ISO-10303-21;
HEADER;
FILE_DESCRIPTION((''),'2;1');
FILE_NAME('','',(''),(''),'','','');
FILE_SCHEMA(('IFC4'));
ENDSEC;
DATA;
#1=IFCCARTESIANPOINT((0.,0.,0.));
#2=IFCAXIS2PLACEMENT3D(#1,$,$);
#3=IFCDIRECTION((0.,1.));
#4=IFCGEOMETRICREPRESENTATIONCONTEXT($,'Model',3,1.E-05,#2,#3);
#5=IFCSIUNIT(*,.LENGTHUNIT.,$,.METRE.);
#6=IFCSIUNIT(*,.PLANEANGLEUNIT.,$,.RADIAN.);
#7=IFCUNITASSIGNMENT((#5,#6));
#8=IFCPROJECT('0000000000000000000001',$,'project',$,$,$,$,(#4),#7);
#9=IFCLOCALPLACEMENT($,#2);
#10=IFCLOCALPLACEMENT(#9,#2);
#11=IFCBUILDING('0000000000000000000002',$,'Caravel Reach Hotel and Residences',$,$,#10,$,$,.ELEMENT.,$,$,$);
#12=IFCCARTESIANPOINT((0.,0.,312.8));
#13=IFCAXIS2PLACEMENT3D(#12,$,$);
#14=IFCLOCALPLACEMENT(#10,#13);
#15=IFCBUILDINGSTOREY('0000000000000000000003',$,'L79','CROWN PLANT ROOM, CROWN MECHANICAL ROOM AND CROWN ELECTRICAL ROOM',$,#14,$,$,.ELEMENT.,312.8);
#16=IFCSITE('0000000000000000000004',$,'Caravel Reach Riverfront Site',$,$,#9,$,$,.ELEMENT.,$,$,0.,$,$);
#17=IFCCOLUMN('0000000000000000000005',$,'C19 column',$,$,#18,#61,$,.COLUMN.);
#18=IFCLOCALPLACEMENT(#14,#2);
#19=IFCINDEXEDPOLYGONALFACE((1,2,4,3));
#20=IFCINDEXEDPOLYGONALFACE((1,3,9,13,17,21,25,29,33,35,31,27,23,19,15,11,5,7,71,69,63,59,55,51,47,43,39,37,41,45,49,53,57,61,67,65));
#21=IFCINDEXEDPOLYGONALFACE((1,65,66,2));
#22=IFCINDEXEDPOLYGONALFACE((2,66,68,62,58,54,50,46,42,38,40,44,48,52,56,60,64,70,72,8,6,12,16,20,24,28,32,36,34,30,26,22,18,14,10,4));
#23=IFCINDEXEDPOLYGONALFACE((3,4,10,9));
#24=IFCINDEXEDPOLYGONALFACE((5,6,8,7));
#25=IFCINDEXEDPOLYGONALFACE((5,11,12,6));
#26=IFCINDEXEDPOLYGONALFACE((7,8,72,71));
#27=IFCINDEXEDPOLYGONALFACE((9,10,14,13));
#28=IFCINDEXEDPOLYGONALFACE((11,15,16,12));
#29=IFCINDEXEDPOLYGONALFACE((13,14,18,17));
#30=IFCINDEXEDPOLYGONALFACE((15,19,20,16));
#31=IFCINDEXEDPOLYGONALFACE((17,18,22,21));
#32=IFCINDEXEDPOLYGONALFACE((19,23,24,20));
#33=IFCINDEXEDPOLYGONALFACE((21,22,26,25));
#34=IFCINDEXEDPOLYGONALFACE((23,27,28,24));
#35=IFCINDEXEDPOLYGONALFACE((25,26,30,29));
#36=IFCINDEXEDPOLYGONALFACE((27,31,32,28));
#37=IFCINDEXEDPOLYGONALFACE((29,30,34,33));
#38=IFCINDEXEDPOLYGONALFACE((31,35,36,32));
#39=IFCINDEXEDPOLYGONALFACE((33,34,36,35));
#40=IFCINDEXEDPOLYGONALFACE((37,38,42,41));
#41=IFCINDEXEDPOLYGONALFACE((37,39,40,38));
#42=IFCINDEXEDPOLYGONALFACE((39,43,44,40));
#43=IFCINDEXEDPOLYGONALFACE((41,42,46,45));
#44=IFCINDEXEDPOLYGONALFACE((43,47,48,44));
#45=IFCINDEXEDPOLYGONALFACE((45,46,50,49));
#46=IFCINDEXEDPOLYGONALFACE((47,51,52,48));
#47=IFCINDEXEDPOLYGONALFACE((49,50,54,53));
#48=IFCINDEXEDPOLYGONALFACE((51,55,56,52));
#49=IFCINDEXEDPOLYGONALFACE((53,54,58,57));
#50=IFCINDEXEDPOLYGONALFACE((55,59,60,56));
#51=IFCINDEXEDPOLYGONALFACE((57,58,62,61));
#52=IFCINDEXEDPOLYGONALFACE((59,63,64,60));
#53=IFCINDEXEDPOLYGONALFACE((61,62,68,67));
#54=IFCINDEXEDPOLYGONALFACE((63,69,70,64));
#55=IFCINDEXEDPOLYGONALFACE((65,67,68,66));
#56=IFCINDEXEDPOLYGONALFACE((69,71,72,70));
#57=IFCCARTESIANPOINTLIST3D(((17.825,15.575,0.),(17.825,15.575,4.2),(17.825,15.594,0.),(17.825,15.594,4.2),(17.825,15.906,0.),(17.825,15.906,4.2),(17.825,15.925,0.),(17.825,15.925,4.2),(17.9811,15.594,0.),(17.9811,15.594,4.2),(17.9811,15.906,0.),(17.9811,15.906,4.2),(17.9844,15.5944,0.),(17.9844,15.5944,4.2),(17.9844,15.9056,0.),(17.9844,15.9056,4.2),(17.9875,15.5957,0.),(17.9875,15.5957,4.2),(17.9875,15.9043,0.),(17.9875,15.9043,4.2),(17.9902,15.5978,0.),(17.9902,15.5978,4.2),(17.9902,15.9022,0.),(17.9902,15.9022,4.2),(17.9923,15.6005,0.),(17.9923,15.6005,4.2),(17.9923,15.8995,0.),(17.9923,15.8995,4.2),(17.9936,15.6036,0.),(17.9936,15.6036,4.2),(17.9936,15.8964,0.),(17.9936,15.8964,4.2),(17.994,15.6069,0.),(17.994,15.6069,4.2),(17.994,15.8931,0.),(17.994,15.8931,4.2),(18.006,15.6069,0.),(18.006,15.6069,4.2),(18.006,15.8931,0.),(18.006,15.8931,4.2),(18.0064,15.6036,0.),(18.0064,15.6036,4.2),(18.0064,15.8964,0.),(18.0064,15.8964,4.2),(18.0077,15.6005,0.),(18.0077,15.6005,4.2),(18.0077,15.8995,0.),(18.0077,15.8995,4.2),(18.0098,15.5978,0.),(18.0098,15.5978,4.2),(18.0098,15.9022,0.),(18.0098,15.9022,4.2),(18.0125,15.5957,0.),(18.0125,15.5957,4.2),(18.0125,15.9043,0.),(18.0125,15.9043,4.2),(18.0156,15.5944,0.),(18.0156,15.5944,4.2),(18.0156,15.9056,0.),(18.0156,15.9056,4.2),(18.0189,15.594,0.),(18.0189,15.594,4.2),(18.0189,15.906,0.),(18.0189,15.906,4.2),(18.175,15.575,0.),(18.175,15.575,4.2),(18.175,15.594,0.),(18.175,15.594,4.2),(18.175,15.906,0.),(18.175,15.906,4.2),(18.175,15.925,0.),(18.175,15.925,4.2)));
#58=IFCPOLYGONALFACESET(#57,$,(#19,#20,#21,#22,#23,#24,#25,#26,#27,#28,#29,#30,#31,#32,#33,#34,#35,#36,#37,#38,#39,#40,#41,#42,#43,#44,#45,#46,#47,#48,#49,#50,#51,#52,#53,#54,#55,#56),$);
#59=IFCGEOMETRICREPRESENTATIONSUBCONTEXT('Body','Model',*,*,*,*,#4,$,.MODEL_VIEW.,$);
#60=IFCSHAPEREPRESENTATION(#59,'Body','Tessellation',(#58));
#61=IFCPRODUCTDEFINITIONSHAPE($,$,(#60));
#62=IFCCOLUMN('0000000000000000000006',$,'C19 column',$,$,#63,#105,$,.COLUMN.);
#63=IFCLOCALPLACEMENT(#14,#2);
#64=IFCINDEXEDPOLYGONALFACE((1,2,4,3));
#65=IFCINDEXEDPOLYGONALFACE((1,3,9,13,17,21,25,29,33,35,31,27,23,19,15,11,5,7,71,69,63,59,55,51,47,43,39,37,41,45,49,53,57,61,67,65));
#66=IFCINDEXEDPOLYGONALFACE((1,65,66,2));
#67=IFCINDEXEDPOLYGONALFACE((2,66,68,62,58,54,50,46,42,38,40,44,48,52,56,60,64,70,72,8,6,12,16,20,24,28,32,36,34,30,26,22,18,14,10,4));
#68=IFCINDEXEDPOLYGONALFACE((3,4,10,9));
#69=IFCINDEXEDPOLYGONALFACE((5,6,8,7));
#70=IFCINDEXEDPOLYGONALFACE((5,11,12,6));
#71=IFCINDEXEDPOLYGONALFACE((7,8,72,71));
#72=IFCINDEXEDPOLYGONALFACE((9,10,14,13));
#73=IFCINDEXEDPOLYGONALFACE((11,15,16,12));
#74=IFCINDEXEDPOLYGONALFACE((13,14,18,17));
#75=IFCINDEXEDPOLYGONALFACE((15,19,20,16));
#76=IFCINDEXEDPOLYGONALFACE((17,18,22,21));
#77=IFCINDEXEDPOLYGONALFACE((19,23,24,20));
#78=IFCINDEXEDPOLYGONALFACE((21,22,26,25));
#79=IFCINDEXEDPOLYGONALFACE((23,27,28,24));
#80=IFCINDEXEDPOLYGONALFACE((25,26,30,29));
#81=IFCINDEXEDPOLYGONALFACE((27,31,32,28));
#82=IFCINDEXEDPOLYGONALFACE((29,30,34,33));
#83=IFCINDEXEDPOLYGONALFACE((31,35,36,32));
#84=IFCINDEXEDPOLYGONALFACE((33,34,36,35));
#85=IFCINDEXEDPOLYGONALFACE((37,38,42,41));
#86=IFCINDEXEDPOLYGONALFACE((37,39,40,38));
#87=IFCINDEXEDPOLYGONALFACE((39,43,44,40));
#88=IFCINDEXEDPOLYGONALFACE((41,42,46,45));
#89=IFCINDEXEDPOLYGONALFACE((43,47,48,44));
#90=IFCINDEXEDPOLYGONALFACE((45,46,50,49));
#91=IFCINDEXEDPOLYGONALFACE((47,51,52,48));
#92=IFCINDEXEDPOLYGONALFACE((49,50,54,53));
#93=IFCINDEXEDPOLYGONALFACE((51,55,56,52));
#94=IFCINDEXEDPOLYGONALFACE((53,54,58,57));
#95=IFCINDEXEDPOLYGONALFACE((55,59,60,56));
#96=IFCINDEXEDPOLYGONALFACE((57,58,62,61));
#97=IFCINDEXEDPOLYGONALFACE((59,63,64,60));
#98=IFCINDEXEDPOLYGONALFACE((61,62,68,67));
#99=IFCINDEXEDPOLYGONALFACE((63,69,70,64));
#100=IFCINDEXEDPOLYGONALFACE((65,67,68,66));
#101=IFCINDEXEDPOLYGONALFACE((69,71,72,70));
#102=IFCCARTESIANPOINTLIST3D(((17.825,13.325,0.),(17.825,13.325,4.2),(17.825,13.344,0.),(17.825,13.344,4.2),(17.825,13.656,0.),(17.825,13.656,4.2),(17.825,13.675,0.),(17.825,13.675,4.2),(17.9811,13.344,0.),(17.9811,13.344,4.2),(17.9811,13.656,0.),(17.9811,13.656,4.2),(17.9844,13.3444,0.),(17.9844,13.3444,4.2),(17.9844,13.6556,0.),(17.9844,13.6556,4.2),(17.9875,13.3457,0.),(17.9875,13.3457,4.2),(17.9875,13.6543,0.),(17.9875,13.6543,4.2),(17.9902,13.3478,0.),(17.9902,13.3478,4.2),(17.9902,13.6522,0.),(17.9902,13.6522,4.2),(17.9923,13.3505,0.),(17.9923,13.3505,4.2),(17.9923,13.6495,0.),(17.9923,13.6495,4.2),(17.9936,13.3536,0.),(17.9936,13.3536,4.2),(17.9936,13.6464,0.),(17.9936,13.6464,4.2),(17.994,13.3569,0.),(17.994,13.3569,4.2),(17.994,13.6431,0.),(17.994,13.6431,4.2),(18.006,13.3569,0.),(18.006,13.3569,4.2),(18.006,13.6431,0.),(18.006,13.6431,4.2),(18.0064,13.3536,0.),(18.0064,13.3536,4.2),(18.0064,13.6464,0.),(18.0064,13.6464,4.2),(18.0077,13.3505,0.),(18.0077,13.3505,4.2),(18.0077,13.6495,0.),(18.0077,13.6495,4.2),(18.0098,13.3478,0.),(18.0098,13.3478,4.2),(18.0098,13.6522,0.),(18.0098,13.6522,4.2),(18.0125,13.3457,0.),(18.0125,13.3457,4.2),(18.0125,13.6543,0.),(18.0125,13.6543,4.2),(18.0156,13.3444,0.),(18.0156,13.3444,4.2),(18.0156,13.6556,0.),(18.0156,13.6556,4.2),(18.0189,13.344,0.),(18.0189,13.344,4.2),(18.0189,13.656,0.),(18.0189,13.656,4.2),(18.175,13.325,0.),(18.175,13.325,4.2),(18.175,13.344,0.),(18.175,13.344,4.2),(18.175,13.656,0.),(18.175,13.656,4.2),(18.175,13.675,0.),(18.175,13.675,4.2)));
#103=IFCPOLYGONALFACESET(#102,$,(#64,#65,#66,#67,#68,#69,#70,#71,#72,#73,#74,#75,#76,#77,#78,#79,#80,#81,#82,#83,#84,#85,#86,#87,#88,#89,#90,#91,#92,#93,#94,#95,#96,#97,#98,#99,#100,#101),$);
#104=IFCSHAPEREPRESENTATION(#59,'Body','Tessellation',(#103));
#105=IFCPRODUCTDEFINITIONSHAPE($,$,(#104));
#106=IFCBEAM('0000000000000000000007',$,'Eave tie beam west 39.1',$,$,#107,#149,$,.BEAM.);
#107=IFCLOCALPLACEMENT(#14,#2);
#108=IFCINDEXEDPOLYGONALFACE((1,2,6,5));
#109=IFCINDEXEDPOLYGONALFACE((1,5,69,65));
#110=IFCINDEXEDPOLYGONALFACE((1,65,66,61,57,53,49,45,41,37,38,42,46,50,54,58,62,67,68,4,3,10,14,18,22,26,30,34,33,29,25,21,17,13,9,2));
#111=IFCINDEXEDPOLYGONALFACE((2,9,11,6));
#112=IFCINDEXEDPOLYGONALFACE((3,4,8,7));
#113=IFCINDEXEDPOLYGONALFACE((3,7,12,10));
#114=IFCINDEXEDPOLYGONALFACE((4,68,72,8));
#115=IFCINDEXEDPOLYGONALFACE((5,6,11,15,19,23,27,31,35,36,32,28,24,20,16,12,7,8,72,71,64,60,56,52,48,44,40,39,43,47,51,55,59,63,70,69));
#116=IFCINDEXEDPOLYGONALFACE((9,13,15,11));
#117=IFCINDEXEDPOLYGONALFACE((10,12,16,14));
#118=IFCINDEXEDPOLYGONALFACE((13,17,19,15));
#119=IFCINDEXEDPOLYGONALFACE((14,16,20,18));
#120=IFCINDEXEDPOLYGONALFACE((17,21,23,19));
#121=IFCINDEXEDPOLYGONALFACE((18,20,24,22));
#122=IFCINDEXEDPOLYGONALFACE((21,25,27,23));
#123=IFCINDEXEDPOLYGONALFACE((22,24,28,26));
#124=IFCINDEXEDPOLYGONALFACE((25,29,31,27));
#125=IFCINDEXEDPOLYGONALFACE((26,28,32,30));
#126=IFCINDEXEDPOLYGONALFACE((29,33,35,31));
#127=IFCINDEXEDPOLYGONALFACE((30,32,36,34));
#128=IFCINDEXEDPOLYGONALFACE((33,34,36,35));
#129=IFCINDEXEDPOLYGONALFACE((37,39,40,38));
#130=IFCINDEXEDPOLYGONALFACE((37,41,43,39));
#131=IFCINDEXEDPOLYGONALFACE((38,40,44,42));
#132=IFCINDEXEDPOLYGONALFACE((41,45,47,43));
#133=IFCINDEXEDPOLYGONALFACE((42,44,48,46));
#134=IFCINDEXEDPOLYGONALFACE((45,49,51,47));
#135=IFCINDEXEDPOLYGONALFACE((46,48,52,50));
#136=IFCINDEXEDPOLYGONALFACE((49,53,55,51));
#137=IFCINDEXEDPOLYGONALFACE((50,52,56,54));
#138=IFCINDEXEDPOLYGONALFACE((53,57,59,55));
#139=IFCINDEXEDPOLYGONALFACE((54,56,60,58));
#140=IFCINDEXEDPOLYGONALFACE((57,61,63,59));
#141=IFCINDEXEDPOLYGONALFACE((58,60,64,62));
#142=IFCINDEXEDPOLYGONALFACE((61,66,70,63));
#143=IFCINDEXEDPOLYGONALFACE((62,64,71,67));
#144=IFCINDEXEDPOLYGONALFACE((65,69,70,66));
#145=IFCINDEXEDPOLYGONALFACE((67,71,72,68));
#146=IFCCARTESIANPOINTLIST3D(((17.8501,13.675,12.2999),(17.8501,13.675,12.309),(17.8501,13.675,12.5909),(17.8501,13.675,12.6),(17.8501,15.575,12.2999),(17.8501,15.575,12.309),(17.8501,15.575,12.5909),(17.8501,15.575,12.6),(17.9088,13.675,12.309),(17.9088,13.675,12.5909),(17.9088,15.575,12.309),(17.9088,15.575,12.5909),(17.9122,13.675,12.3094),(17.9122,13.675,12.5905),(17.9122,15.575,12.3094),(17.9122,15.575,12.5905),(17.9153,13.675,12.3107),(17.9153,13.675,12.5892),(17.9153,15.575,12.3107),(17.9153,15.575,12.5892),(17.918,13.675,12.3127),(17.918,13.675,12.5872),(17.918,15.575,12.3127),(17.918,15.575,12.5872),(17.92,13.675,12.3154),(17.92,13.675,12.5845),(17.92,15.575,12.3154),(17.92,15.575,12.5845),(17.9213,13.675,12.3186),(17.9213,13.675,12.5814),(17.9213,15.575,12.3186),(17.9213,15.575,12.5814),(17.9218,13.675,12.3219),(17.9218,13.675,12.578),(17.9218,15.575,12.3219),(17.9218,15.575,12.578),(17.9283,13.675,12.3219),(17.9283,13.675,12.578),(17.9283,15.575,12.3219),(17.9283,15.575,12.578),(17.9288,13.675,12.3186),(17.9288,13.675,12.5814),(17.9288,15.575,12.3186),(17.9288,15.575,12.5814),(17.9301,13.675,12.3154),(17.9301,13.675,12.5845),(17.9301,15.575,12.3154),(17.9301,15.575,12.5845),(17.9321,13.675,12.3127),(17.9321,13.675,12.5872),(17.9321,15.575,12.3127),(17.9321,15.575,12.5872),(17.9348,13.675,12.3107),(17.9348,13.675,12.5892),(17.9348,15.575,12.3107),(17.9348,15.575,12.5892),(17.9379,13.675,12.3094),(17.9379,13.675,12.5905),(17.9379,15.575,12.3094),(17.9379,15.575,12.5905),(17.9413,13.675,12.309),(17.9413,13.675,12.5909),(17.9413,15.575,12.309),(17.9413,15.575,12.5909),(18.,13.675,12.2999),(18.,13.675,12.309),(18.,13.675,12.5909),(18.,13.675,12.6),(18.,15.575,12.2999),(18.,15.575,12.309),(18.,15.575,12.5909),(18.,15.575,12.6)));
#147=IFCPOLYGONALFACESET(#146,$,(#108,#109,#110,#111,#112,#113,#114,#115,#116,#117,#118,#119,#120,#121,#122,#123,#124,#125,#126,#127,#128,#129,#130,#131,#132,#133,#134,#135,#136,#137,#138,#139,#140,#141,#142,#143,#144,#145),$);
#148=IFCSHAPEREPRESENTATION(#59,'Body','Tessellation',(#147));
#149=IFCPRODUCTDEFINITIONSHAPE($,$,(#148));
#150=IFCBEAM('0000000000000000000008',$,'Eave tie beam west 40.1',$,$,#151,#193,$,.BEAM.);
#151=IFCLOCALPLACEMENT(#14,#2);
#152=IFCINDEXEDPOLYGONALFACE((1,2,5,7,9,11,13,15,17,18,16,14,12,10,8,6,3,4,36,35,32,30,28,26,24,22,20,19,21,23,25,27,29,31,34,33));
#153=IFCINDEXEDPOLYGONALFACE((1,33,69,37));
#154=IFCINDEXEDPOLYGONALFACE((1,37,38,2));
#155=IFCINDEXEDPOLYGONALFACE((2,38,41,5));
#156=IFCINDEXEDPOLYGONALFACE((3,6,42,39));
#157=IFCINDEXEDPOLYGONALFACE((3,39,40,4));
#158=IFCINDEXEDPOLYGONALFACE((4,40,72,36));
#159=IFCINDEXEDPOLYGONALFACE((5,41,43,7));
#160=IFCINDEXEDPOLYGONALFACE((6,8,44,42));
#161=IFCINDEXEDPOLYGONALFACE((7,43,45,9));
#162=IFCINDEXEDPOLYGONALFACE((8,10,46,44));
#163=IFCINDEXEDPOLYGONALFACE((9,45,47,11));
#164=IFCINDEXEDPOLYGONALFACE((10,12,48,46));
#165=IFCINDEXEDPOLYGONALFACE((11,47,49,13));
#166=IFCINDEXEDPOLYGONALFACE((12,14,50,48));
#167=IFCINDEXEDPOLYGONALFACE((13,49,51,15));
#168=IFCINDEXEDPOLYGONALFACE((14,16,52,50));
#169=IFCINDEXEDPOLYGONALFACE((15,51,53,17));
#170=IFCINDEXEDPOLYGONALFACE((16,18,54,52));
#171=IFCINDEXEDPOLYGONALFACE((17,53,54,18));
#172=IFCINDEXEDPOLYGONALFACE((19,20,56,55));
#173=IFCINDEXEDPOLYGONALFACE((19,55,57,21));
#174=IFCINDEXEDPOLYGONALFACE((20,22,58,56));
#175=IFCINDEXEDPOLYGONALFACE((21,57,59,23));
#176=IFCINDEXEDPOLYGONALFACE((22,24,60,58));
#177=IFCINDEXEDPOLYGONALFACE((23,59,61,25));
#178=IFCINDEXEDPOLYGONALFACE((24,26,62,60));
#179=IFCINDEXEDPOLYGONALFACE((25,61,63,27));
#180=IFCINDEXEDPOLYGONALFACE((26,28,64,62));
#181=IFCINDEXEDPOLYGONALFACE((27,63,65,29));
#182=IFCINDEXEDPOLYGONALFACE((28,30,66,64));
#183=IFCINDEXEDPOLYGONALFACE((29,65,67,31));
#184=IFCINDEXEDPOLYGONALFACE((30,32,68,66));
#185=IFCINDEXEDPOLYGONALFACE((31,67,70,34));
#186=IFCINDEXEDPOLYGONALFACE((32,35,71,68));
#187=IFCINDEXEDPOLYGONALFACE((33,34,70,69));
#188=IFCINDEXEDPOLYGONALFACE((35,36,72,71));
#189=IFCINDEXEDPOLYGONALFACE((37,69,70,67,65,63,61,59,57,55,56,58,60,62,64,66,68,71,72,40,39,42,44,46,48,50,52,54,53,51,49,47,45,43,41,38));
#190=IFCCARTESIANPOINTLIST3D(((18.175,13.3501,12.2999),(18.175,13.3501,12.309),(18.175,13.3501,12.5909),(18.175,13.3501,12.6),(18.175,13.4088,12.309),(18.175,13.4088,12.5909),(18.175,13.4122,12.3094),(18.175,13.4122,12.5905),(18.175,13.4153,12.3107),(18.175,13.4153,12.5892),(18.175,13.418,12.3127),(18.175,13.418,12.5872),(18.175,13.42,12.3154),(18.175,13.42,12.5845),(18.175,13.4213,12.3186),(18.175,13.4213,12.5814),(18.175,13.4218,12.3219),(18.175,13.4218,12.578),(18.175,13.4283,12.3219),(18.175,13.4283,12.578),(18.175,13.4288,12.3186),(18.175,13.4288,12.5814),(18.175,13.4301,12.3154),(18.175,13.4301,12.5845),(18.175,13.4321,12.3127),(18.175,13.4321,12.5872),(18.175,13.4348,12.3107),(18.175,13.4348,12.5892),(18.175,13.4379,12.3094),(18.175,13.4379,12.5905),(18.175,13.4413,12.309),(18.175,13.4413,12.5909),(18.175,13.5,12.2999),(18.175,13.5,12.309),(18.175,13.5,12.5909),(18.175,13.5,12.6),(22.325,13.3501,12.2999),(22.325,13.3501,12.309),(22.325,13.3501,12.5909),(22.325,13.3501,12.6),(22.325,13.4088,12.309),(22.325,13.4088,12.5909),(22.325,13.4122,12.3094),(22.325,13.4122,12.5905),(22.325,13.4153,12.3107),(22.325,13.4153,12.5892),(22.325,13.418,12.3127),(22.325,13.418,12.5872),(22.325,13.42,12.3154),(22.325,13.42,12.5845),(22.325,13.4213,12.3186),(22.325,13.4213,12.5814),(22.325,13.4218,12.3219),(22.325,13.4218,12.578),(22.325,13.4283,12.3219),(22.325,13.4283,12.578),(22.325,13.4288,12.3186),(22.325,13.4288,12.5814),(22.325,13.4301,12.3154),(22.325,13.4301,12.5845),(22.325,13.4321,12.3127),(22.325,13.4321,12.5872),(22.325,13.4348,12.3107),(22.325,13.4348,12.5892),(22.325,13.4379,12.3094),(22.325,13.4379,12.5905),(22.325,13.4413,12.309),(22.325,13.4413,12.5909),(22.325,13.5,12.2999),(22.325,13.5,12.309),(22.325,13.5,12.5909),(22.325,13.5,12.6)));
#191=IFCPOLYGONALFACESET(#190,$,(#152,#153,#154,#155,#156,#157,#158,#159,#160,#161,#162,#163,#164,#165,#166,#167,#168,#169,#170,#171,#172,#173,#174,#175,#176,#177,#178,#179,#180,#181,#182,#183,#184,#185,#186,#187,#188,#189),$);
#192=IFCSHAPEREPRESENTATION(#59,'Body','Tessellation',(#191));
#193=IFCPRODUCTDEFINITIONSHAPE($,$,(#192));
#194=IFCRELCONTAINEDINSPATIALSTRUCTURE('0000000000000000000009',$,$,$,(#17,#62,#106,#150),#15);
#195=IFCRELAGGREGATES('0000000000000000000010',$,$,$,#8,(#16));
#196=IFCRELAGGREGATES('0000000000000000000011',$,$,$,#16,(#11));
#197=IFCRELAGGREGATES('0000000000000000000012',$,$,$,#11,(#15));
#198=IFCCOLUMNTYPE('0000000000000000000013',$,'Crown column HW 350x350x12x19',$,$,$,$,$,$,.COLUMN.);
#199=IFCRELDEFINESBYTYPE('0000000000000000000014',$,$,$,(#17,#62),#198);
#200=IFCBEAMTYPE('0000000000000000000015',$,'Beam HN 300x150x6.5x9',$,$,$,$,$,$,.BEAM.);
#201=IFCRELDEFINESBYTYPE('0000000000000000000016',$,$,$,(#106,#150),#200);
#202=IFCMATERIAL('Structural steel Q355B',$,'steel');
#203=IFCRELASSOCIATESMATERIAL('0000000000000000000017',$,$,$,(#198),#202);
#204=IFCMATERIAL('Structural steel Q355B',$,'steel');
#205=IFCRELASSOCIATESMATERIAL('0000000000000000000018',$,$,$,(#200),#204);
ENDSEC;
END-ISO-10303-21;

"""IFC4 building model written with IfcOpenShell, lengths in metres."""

from ifc_helpers import new_model, si_unit, direction, frame, origin, origin_2d, place, context, subcontext, project, spatial, i_section, extrude, material, material_profile, profile_set, type_object, element, save


model = new_model("IFC4")

# Units and contexts
model_context = context("Model", 3, precision=1e-05, world=origin(), true_north=direction((0.0, 1.0)))
body_context = subcontext(model_context, "Body", "Model", "MODEL_VIEW")
ifc_project = project(units=[si_unit("LENGTHUNIT", "METRE"), si_unit("PLANEANGLEUNIT", "RADIAN")], contexts=[model_context])

# Site, building, storey
site_placement = place(None, origin())
site = spatial("IfcSite", under=ifc_project, at=site_placement, Name="Caravel Reach Riverfront Site", CompositionType="ELEMENT", RefElevation=0.0)
building_placement = place(site_placement, origin())
building = spatial("IfcBuilding", under=site, at=building_placement, Name="Caravel Reach Hotel and Residences", CompositionType="ELEMENT")
storey_placement = place(building_placement, frame((0.0, 0.0, 312.8)))
storey = spatial("IfcBuildingStorey", under=building, at=storey_placement, Name="L79", Description="CROWN PLANT ROOM, CROWN MECHANICAL ROOM AND CROWN ELECTRICAL ROOM", CompositionType="ELEMENT", Elevation=312.8)

# Columns
ifc_material_1 = material(Name="Structural steel Q355B", Category="steel")
ifc_material_profile_1 = material_profile(ifc_material_1, i_section(OverallWidth=0.3501, OverallDepth=0.3501, WebThickness=0.012, FlangeThickness=0.019, FilletRadius=0.0129, at=origin_2d()), Name="HW 350x350x12x19")
ifc_profile_set_1 = profile_set([ifc_material_profile_1], Name="Structural steel Q355B")
column_type = type_object("IfcColumnType", Name="Crown column HW 350x350x12x19", PredefinedType="COLUMN", material=ifc_profile_set_1)
for number, where, z_axis, x_axis, name in (
    (1, (18.0, 15.75, 0.0), (0.0, 0.0, 1.0), (1.0, 0.0, 0.0), "C19 column"),
    (2, (18.0, 13.5, 0.0), (0.0, 0.0, 1.0), (1.0, 0.0, 0.0), "C19 column"),
):
    element("IfcColumn", number, at=place(storey_placement, frame(where, z_axis=z_axis, x_axis=x_axis)), inside=storey, type_object=column_type, Name=name, PredefinedType="COLUMN", context=body_context, shape_type="SweptSolid", body=[
        extrude(i_section(OverallWidth=0.3501, OverallDepth=0.3501, WebThickness=0.012, FlangeThickness=0.019, FilletRadius=0.0129, at=origin_2d()), origin(), (0.0, 0.0, 1.0), 4.2),
    ])

# Beams
ifc_material_2 = material(Name="Structural steel Q355B", Category="steel")
ifc_material_profile_2 = material_profile(ifc_material_2, i_section(OverallWidth=0.1499, OverallDepth=0.3, WebThickness=0.0066, FlangeThickness=0.009, FilletRadius=0.0129, at=origin_2d()), Name="HN 300x150x6.5x9")
ifc_profile_set_2 = profile_set([ifc_material_profile_2], Name="Structural steel Q355B")
beam_type_1 = type_object("IfcBeamType", Name="Beam HN 300x150x6.5x9", PredefinedType="BEAM", material=ifc_profile_set_2)
beam_1_placement = place(storey_placement, frame((17.925, 15.575, 12.45), z_axis=(0.0, -1.0, 0.0), x_axis=(1.0, 0.0, 0.0)))
element("IfcBeam", 3, at=beam_1_placement, inside=storey, type_object=beam_type_1, Name="Eave tie beam west 39.1", PredefinedType="BEAM", context=body_context, shape_type="SweptSolid", body=[
    extrude(i_section(OverallWidth=0.1499, OverallDepth=0.3, WebThickness=0.0066, FlangeThickness=0.009, FilletRadius=0.0129, at=origin_2d()), origin(), (0.0, 0.0, 1.0), 1.8999),
])
beam_2_placement = place(storey_placement, frame((18.175, 13.425, 12.45), z_axis=(1.0, 0.0, 0.0), x_axis=(0.0, 1.0, 0.0)))
element("IfcBeam", 4, at=beam_2_placement, inside=storey, type_object=beam_type_1, Name="Eave tie beam west 40.1", PredefinedType="BEAM", context=body_context, shape_type="SweptSolid", body=[
    extrude(i_section(OverallWidth=0.1499, OverallDepth=0.3, WebThickness=0.0066, FlangeThickness=0.009, FilletRadius=0.0129, at=origin_2d()), origin(), (0.0, 0.0, 1.0), 4.1499),
])

save(model, "model.ifc")
